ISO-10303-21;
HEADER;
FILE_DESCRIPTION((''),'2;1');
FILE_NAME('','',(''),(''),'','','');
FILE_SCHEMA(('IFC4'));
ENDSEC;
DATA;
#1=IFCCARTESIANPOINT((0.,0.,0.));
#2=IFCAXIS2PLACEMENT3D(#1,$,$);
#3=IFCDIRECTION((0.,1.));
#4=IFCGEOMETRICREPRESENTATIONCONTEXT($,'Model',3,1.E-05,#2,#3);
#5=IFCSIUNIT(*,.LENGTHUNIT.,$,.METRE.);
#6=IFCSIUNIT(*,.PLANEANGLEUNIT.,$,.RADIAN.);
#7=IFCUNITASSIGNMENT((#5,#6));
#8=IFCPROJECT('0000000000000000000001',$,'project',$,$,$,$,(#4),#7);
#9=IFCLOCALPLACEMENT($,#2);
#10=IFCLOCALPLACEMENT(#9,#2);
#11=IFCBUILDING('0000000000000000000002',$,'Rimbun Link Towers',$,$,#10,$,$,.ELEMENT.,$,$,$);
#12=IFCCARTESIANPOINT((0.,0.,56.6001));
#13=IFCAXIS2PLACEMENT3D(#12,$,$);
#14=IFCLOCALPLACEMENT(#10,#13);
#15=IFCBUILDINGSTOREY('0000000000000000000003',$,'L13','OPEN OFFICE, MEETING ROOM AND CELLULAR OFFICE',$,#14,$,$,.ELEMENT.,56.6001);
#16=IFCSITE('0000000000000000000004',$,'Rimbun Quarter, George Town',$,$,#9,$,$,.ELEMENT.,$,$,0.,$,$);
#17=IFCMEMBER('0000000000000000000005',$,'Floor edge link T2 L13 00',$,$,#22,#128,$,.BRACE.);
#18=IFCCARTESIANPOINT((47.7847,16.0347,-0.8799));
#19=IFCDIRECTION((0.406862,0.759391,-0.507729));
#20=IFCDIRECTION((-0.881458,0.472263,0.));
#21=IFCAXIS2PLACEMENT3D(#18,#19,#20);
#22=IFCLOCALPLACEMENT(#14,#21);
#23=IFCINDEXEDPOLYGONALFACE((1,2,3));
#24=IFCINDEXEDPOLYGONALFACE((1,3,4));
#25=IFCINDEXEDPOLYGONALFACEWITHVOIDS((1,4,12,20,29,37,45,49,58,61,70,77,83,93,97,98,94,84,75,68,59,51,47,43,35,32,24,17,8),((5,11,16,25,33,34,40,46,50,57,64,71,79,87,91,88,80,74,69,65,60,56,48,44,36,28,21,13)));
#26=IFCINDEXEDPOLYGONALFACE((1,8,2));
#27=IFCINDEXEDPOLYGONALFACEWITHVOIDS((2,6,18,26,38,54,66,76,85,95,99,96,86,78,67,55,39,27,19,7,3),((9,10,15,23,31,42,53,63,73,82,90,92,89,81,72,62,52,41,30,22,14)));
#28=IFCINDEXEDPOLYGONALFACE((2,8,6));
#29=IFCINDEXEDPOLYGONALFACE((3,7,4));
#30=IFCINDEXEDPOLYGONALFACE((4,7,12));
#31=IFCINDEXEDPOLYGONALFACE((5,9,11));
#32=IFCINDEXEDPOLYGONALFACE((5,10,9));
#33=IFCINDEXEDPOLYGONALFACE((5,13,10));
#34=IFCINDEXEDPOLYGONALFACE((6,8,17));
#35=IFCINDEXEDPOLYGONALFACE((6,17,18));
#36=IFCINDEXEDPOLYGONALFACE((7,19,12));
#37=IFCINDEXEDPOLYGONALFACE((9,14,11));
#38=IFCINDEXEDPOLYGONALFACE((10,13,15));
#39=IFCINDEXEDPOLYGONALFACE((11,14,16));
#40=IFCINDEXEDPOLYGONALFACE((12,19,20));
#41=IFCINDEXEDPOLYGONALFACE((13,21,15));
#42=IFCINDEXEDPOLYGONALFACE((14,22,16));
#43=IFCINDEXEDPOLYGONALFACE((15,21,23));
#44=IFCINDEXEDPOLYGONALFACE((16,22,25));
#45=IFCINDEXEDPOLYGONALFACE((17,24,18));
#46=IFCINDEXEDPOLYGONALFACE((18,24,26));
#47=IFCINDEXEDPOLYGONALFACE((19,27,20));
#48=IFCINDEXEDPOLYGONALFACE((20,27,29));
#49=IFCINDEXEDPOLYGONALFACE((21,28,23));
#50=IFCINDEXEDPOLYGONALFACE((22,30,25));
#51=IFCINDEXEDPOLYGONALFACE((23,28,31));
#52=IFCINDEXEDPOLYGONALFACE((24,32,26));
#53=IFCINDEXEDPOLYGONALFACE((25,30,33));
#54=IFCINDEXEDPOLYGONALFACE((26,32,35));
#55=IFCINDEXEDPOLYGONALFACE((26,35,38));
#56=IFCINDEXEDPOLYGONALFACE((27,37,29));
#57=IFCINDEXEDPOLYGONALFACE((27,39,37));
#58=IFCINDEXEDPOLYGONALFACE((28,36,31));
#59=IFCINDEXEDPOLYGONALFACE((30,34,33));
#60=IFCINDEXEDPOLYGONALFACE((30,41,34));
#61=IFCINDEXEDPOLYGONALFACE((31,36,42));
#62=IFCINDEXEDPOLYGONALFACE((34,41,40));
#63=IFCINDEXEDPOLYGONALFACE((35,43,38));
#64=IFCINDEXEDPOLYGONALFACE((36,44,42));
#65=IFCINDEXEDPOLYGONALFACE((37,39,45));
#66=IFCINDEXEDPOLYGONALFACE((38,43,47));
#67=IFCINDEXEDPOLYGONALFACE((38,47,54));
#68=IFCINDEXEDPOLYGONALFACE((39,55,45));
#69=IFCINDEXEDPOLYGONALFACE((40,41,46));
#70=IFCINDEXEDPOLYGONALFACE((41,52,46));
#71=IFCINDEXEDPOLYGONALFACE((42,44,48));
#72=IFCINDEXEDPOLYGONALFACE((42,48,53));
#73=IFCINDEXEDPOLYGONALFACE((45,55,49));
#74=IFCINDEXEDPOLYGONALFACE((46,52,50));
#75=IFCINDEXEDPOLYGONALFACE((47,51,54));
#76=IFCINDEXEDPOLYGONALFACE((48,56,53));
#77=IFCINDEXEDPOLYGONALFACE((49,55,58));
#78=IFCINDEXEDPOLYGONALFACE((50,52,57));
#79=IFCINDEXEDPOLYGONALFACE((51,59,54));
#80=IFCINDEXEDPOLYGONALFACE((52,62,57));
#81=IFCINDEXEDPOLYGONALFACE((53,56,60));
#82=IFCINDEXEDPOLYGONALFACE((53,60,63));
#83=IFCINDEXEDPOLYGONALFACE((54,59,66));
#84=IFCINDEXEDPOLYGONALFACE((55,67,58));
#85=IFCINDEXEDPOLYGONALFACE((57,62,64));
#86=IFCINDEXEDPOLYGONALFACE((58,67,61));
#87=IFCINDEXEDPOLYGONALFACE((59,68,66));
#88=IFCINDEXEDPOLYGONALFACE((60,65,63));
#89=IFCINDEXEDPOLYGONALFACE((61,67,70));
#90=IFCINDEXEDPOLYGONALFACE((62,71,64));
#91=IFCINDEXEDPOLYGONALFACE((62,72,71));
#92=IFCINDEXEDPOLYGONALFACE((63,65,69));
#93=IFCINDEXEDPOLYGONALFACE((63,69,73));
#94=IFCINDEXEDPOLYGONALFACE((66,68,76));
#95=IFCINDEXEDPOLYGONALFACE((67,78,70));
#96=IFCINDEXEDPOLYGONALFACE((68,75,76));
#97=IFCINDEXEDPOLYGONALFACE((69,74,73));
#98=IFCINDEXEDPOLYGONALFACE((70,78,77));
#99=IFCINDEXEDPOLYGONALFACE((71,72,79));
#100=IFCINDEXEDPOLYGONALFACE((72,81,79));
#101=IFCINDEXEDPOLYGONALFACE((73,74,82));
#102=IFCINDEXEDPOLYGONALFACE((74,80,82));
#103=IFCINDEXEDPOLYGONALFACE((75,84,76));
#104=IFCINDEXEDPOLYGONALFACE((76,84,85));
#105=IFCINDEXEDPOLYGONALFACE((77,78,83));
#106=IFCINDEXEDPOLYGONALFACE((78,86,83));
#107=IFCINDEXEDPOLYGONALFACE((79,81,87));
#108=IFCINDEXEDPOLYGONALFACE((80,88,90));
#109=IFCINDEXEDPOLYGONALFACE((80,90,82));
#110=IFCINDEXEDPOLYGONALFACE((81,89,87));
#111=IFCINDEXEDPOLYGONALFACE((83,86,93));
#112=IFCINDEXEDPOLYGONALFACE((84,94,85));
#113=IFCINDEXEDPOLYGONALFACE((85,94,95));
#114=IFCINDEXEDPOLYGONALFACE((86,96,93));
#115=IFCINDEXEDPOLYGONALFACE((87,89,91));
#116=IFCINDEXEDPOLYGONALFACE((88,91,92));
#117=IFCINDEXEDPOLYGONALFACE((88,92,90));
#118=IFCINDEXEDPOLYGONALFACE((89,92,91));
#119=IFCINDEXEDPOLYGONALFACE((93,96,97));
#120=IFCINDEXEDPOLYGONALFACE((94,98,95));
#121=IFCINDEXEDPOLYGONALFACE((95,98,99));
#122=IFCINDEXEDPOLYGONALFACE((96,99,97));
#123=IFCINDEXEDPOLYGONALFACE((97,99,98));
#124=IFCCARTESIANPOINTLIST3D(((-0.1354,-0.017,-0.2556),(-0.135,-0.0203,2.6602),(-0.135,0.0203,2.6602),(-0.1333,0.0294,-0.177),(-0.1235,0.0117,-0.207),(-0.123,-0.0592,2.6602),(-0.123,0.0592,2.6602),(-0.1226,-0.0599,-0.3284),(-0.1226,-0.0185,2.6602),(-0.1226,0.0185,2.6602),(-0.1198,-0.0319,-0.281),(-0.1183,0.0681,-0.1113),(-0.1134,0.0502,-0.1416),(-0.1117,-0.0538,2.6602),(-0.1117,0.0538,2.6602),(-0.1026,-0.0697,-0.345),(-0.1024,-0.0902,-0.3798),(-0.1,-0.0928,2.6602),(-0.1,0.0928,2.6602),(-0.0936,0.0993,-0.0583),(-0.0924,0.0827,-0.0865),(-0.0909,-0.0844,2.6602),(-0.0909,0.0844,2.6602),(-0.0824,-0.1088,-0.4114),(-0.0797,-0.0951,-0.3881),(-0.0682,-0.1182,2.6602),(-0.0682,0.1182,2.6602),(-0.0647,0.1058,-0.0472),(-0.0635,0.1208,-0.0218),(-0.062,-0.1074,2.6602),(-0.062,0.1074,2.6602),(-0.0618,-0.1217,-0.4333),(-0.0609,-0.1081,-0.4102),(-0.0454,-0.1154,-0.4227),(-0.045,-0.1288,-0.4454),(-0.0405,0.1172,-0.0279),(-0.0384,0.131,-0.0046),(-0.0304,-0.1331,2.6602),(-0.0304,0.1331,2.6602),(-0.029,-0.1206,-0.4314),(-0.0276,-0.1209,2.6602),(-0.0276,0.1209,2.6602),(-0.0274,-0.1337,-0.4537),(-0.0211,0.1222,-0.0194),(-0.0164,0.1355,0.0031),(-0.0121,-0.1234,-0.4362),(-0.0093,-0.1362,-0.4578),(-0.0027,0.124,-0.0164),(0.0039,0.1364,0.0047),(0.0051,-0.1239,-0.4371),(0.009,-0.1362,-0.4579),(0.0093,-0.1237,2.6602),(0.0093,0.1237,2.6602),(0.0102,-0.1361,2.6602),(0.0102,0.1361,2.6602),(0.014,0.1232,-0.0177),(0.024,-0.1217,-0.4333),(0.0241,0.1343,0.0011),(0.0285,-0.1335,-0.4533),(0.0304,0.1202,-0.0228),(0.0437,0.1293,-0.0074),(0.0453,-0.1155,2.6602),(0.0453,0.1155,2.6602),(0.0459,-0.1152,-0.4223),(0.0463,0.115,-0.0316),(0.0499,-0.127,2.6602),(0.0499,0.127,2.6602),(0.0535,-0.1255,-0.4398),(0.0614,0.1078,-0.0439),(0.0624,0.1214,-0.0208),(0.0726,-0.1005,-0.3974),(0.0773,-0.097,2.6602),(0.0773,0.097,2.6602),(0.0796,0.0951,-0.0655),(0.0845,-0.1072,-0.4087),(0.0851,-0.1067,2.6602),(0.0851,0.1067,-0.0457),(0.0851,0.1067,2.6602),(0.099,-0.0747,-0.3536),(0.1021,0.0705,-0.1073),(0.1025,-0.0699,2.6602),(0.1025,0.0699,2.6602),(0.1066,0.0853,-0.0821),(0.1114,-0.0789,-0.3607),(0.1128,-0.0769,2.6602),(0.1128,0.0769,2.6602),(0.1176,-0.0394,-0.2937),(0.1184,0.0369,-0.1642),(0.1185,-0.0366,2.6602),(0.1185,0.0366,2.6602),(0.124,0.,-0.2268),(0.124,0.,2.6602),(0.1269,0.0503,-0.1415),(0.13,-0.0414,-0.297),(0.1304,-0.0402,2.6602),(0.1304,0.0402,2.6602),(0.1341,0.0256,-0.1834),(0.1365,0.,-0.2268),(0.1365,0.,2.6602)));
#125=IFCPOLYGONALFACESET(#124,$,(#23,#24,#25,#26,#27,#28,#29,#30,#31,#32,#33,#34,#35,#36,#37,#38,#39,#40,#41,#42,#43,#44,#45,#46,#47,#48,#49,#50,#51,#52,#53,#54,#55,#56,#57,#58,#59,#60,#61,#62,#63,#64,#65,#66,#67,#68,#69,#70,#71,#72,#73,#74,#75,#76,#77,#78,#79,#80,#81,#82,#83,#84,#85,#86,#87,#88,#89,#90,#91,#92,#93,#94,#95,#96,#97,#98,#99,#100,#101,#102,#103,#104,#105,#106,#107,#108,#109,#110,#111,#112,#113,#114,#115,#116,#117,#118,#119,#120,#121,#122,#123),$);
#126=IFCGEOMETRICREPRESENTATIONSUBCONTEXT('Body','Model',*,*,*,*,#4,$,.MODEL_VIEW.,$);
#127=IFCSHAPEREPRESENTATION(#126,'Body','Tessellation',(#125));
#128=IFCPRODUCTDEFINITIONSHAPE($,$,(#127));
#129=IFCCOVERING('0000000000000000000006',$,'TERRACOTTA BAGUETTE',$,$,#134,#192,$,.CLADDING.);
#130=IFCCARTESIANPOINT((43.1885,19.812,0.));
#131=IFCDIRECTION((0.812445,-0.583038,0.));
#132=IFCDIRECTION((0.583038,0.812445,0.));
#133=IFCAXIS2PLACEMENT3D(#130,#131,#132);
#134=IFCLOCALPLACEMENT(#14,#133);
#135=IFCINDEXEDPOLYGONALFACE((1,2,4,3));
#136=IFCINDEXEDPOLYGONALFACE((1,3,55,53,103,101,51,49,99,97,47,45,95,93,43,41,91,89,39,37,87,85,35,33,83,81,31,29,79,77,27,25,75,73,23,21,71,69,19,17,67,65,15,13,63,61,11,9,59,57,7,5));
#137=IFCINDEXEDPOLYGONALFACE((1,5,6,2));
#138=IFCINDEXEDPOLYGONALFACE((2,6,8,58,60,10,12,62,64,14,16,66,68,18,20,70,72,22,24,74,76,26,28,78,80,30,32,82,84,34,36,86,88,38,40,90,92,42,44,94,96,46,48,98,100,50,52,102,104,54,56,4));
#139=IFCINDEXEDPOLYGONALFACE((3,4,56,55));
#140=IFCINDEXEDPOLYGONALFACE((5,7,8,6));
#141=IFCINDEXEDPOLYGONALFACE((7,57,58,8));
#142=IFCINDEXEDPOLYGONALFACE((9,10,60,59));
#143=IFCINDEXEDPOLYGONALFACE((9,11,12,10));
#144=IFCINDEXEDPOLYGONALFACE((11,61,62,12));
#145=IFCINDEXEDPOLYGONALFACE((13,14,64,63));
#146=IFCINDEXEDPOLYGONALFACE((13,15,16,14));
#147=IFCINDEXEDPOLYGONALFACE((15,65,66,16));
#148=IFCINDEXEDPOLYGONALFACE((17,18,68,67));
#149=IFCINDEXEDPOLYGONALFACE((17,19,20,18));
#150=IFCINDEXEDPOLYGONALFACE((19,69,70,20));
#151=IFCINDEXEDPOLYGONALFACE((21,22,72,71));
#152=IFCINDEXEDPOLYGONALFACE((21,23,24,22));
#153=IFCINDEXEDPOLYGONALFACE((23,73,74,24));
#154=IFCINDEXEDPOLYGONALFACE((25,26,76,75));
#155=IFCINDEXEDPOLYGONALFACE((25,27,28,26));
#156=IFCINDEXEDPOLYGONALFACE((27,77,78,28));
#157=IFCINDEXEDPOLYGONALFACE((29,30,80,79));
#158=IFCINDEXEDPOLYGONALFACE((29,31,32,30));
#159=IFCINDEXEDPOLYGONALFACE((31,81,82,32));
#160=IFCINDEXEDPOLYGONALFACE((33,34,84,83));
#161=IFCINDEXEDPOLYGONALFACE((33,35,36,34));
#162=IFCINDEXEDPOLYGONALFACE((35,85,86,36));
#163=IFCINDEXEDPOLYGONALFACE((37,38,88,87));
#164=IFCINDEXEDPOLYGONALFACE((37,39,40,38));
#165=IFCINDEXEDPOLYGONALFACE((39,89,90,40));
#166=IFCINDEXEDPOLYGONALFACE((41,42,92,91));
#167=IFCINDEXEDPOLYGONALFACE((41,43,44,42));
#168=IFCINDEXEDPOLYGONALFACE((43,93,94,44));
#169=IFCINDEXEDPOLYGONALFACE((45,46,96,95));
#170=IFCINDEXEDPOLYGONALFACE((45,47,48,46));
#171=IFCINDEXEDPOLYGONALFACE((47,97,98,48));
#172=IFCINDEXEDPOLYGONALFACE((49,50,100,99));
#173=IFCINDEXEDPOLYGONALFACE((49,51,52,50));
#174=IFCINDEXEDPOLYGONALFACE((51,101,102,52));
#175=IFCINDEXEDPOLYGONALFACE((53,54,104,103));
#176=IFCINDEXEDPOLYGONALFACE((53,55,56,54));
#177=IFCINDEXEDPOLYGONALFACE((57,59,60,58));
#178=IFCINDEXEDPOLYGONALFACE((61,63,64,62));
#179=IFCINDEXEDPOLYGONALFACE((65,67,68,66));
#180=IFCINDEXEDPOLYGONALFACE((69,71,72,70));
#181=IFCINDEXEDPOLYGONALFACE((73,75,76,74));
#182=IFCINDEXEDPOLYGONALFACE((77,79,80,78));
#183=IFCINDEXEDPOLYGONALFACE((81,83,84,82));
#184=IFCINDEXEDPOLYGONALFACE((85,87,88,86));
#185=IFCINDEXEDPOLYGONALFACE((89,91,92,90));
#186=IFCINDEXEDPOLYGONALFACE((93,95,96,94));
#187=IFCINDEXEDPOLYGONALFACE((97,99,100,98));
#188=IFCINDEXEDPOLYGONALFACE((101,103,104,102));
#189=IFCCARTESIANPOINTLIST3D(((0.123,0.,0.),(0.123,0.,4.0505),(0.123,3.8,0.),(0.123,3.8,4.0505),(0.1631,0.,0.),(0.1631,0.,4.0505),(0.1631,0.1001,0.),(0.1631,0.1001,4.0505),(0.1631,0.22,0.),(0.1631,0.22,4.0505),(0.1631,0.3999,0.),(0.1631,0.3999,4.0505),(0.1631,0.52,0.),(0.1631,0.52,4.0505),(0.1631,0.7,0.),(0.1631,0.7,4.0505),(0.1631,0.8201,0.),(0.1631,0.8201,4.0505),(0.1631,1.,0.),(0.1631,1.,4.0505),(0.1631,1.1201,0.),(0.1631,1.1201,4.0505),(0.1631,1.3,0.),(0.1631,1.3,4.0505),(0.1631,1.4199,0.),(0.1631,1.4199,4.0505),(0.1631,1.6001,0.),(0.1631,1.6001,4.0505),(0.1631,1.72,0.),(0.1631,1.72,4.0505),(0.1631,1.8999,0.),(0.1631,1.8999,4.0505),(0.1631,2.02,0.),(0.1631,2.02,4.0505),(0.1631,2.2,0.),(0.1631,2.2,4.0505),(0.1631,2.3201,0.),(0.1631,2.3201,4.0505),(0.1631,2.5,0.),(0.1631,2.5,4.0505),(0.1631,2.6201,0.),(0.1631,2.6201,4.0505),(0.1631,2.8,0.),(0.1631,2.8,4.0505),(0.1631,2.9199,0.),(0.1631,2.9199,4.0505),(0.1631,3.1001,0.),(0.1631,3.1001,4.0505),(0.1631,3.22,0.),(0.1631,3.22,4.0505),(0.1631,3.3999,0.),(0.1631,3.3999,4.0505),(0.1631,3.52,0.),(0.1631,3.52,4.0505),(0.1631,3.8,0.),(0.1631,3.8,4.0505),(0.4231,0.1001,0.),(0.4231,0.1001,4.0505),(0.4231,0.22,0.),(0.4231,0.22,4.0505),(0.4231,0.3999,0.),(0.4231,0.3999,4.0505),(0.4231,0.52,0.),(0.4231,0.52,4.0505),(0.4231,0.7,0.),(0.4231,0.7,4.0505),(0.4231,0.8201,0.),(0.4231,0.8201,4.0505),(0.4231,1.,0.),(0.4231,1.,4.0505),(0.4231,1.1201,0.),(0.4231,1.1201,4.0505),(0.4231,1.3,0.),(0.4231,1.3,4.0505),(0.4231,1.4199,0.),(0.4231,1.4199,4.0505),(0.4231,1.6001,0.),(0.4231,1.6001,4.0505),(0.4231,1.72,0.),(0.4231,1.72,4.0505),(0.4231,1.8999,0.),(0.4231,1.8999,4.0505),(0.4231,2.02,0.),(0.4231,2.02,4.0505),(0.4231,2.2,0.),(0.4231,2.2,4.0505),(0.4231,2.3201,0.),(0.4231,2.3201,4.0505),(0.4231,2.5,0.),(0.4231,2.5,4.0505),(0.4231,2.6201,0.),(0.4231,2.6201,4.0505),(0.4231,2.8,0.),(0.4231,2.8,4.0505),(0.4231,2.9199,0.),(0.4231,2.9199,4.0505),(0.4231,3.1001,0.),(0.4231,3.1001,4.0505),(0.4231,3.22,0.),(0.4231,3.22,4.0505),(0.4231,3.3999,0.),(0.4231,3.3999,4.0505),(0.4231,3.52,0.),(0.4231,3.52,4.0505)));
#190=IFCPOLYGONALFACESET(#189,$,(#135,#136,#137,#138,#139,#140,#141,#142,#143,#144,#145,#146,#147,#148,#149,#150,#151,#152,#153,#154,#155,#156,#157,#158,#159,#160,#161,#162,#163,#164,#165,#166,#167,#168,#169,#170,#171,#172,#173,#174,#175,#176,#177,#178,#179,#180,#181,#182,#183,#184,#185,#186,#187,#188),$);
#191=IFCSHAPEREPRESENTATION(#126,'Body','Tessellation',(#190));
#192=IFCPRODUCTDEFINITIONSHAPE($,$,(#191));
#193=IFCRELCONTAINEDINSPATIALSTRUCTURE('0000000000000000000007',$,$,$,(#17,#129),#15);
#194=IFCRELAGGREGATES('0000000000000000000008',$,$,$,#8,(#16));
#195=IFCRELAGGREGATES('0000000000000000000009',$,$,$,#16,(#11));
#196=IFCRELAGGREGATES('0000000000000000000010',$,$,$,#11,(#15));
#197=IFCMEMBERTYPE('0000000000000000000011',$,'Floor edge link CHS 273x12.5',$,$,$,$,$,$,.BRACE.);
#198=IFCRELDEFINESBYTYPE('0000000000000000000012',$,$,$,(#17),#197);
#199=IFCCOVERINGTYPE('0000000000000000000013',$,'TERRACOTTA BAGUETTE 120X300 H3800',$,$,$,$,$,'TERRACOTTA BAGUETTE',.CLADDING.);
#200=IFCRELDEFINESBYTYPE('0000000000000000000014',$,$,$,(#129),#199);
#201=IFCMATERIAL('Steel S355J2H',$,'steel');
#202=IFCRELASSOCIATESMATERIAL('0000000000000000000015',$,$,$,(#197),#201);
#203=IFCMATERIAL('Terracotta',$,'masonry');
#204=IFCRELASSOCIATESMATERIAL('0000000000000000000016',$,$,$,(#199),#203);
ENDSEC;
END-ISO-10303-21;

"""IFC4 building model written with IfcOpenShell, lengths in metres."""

from ifc_helpers import new_model, si_unit, direction, frame, origin, origin_2d, place, context, subcontext, project, spatial, polyline, hollow_circle, outline, extrude, clip, halfspace, material, material_profile, profile_set, type_object, element, save


model = new_model("IFC4")

# Units and contexts
model_context = context("Model", 3, precision=1e-05, world=origin(), true_north=direction((0.0, 1.0)))
body_context = subcontext(model_context, "Body", "Model", "MODEL_VIEW")
ifc_project = project(units=[si_unit("LENGTHUNIT", "METRE"), si_unit("PLANEANGLEUNIT", "RADIAN")], contexts=[model_context])

# Site, building, storey
site_placement = place(None, origin())
site = spatial("IfcSite", under=ifc_project, at=site_placement, Name="Rimbun Quarter, George Town", CompositionType="ELEMENT", RefElevation=0.0)
building_placement = place(site_placement, origin())
building = spatial("IfcBuilding", under=site, at=building_placement, Name="Rimbun Link Towers", CompositionType="ELEMENT")
storey_placement = place(building_placement, frame((0.0, 0.0, 56.6001)))
storey = spatial("IfcBuildingStorey", under=building, at=storey_placement, Name="L13", Description="OPEN OFFICE, MEETING ROOM AND CELLULAR OFFICE", CompositionType="ELEMENT", Elevation=56.6001)

# Member
ifc_material_1 = material(Name="Steel S355J2H", Category="steel")
ifc_material_profile_1 = material_profile(ifc_material_1, hollow_circle(Radius=0.1365, WallThickness=0.0125, at=origin_2d()), Name="CHS 273x12.5")
ifc_profile_set_1 = profile_set([ifc_material_profile_1], Name="Steel S355J2H")
member_type_1 = type_object("IfcMemberType", Name="Floor edge link CHS 273x12.5", PredefinedType="BRACE", material=ifc_profile_set_1)
member_1_placement = place(storey_placement, frame((47.7847, 16.0347, -0.8799), z_axis=(0.406862, 0.759391, -0.507729), x_axis=(-0.881458, 0.472263, 0.0)))
element("IfcMember", 1, at=member_1_placement, inside=storey, type_object=member_type_1, Name="Floor edge link T2 L13 00", PredefinedType="BRACE", context=body_context, shape_type="Clipping", body=[
    clip(extrude(hollow_circle(Radius=0.1365, WallThickness=0.0125, at=origin_2d()), frame((0.0, 0.0, -0.4829)), (0.0, 0.0, 1.0), 3.1431), halfspace(frame((0.0, 0.0, -0.2268), z_axis=(0.0, 0.861517, -0.507729)), False)),
])

# Covering
ifc_material_2 = material(Name="Terracotta", Category="masonry")
ifc_material_profile_2 = material_profile(ifc_material_2, outline(polyline([(0.123, 0.0), (0.1631, 0.0), (0.1631, 0.1001), (0.4231, 0.1001), (0.4231, 0.22), (0.1631, 0.22), (0.1631, 0.3999), (0.4231, 0.3999), (0.4231, 0.52), (0.1631, 0.52), (0.1631, 0.7), (0.4231, 0.7), (0.4231, 0.8201), (0.1631, 0.8201), (0.1631, 1.0), (0.4231, 1.0), (0.4231, 1.1201), (0.1631, 1.1201), (0.1631, 1.3), (0.4231, 1.3), (0.4231, 1.4199), (0.1631, 1.4199), (0.1631, 1.6001), (0.4231, 1.6001), (0.4231, 1.72), (0.1631, 1.72), (0.1631, 1.8999), (0.4231, 1.8999), (0.4231, 2.02), (0.1631, 2.02), (0.1631, 2.2), (0.4231, 2.2), (0.4231, 2.3201), (0.1631, 2.3201), (0.1631, 2.5), (0.4231, 2.5), (0.4231, 2.6201), (0.1631, 2.6201), (0.1631, 2.8), (0.4231, 2.8), (0.4231, 2.9199), (0.1631, 2.9199), (0.1631, 3.1001), (0.4231, 3.1001), (0.4231, 3.22), (0.1631, 3.22), (0.1631, 3.3999), (0.4231, 3.3999), (0.4231, 3.52), (0.1631, 3.52), (0.1631, 3.8), (0.123, 3.8), (0.123, 0.0)])), Name="BAGUETTE 120X300")
ifc_profile_set_2 = profile_set([ifc_material_profile_2], Name="Terracotta")
covering_type = type_object("IfcCoveringType", Name="TERRACOTTA BAGUETTE 120X300 H3800", ElementType="TERRACOTTA BAGUETTE", PredefinedType="CLADDING", material=ifc_profile_set_2)
covering_1_placement = place(storey_placement, frame((43.1885, 19.812, 0.0), z_axis=(0.812445, -0.583038, 0.0), x_axis=(0.583038, 0.812445, 0.0)))
element("IfcCovering", 2, at=covering_1_placement, inside=storey, type_object=covering_type, Name="TERRACOTTA BAGUETTE", PredefinedType="CLADDING", context=body_context, shape_type="SweptSolid", body=[
    extrude(outline(polyline([(0.123, 0.0), (0.1631, 0.0), (0.1631, 0.1001), (0.4231, 0.1001), (0.4231, 0.22), (0.1631, 0.22), (0.1631, 0.3999), (0.4231, 0.3999), (0.4231, 0.52), (0.1631, 0.52), (0.1631, 0.7), (0.4231, 0.7), (0.4231, 0.8201), (0.1631, 0.8201), (0.1631, 1.0), (0.4231, 1.0), (0.4231, 1.1201), (0.1631, 1.1201), (0.1631, 1.3), (0.4231, 1.3), (0.4231, 1.4199), (0.1631, 1.4199), (0.1631, 1.6001), (0.4231, 1.6001), (0.4231, 1.72), (0.1631, 1.72), (0.1631, 1.8999), (0.4231, 1.8999), (0.4231, 2.02), (0.1631, 2.02), (0.1631, 2.2), (0.4231, 2.2), (0.4231, 2.3201), (0.1631, 2.3201), (0.1631, 2.5), (0.4231, 2.5), (0.4231, 2.6201), (0.1631, 2.6201), (0.1631, 2.8), (0.4231, 2.8), (0.4231, 2.9199), (0.1631, 2.9199), (0.1631, 3.1001), (0.4231, 3.1001), (0.4231, 3.22), (0.1631, 3.22), (0.1631, 3.3999), (0.4231, 3.3999), (0.4231, 3.52), (0.1631, 3.52), (0.1631, 3.8), (0.123, 3.8), (0.123, 0.0)])), origin(), (0.0, 0.0, 1.0), 4.0505),
])

save(model, "model.ifc")
